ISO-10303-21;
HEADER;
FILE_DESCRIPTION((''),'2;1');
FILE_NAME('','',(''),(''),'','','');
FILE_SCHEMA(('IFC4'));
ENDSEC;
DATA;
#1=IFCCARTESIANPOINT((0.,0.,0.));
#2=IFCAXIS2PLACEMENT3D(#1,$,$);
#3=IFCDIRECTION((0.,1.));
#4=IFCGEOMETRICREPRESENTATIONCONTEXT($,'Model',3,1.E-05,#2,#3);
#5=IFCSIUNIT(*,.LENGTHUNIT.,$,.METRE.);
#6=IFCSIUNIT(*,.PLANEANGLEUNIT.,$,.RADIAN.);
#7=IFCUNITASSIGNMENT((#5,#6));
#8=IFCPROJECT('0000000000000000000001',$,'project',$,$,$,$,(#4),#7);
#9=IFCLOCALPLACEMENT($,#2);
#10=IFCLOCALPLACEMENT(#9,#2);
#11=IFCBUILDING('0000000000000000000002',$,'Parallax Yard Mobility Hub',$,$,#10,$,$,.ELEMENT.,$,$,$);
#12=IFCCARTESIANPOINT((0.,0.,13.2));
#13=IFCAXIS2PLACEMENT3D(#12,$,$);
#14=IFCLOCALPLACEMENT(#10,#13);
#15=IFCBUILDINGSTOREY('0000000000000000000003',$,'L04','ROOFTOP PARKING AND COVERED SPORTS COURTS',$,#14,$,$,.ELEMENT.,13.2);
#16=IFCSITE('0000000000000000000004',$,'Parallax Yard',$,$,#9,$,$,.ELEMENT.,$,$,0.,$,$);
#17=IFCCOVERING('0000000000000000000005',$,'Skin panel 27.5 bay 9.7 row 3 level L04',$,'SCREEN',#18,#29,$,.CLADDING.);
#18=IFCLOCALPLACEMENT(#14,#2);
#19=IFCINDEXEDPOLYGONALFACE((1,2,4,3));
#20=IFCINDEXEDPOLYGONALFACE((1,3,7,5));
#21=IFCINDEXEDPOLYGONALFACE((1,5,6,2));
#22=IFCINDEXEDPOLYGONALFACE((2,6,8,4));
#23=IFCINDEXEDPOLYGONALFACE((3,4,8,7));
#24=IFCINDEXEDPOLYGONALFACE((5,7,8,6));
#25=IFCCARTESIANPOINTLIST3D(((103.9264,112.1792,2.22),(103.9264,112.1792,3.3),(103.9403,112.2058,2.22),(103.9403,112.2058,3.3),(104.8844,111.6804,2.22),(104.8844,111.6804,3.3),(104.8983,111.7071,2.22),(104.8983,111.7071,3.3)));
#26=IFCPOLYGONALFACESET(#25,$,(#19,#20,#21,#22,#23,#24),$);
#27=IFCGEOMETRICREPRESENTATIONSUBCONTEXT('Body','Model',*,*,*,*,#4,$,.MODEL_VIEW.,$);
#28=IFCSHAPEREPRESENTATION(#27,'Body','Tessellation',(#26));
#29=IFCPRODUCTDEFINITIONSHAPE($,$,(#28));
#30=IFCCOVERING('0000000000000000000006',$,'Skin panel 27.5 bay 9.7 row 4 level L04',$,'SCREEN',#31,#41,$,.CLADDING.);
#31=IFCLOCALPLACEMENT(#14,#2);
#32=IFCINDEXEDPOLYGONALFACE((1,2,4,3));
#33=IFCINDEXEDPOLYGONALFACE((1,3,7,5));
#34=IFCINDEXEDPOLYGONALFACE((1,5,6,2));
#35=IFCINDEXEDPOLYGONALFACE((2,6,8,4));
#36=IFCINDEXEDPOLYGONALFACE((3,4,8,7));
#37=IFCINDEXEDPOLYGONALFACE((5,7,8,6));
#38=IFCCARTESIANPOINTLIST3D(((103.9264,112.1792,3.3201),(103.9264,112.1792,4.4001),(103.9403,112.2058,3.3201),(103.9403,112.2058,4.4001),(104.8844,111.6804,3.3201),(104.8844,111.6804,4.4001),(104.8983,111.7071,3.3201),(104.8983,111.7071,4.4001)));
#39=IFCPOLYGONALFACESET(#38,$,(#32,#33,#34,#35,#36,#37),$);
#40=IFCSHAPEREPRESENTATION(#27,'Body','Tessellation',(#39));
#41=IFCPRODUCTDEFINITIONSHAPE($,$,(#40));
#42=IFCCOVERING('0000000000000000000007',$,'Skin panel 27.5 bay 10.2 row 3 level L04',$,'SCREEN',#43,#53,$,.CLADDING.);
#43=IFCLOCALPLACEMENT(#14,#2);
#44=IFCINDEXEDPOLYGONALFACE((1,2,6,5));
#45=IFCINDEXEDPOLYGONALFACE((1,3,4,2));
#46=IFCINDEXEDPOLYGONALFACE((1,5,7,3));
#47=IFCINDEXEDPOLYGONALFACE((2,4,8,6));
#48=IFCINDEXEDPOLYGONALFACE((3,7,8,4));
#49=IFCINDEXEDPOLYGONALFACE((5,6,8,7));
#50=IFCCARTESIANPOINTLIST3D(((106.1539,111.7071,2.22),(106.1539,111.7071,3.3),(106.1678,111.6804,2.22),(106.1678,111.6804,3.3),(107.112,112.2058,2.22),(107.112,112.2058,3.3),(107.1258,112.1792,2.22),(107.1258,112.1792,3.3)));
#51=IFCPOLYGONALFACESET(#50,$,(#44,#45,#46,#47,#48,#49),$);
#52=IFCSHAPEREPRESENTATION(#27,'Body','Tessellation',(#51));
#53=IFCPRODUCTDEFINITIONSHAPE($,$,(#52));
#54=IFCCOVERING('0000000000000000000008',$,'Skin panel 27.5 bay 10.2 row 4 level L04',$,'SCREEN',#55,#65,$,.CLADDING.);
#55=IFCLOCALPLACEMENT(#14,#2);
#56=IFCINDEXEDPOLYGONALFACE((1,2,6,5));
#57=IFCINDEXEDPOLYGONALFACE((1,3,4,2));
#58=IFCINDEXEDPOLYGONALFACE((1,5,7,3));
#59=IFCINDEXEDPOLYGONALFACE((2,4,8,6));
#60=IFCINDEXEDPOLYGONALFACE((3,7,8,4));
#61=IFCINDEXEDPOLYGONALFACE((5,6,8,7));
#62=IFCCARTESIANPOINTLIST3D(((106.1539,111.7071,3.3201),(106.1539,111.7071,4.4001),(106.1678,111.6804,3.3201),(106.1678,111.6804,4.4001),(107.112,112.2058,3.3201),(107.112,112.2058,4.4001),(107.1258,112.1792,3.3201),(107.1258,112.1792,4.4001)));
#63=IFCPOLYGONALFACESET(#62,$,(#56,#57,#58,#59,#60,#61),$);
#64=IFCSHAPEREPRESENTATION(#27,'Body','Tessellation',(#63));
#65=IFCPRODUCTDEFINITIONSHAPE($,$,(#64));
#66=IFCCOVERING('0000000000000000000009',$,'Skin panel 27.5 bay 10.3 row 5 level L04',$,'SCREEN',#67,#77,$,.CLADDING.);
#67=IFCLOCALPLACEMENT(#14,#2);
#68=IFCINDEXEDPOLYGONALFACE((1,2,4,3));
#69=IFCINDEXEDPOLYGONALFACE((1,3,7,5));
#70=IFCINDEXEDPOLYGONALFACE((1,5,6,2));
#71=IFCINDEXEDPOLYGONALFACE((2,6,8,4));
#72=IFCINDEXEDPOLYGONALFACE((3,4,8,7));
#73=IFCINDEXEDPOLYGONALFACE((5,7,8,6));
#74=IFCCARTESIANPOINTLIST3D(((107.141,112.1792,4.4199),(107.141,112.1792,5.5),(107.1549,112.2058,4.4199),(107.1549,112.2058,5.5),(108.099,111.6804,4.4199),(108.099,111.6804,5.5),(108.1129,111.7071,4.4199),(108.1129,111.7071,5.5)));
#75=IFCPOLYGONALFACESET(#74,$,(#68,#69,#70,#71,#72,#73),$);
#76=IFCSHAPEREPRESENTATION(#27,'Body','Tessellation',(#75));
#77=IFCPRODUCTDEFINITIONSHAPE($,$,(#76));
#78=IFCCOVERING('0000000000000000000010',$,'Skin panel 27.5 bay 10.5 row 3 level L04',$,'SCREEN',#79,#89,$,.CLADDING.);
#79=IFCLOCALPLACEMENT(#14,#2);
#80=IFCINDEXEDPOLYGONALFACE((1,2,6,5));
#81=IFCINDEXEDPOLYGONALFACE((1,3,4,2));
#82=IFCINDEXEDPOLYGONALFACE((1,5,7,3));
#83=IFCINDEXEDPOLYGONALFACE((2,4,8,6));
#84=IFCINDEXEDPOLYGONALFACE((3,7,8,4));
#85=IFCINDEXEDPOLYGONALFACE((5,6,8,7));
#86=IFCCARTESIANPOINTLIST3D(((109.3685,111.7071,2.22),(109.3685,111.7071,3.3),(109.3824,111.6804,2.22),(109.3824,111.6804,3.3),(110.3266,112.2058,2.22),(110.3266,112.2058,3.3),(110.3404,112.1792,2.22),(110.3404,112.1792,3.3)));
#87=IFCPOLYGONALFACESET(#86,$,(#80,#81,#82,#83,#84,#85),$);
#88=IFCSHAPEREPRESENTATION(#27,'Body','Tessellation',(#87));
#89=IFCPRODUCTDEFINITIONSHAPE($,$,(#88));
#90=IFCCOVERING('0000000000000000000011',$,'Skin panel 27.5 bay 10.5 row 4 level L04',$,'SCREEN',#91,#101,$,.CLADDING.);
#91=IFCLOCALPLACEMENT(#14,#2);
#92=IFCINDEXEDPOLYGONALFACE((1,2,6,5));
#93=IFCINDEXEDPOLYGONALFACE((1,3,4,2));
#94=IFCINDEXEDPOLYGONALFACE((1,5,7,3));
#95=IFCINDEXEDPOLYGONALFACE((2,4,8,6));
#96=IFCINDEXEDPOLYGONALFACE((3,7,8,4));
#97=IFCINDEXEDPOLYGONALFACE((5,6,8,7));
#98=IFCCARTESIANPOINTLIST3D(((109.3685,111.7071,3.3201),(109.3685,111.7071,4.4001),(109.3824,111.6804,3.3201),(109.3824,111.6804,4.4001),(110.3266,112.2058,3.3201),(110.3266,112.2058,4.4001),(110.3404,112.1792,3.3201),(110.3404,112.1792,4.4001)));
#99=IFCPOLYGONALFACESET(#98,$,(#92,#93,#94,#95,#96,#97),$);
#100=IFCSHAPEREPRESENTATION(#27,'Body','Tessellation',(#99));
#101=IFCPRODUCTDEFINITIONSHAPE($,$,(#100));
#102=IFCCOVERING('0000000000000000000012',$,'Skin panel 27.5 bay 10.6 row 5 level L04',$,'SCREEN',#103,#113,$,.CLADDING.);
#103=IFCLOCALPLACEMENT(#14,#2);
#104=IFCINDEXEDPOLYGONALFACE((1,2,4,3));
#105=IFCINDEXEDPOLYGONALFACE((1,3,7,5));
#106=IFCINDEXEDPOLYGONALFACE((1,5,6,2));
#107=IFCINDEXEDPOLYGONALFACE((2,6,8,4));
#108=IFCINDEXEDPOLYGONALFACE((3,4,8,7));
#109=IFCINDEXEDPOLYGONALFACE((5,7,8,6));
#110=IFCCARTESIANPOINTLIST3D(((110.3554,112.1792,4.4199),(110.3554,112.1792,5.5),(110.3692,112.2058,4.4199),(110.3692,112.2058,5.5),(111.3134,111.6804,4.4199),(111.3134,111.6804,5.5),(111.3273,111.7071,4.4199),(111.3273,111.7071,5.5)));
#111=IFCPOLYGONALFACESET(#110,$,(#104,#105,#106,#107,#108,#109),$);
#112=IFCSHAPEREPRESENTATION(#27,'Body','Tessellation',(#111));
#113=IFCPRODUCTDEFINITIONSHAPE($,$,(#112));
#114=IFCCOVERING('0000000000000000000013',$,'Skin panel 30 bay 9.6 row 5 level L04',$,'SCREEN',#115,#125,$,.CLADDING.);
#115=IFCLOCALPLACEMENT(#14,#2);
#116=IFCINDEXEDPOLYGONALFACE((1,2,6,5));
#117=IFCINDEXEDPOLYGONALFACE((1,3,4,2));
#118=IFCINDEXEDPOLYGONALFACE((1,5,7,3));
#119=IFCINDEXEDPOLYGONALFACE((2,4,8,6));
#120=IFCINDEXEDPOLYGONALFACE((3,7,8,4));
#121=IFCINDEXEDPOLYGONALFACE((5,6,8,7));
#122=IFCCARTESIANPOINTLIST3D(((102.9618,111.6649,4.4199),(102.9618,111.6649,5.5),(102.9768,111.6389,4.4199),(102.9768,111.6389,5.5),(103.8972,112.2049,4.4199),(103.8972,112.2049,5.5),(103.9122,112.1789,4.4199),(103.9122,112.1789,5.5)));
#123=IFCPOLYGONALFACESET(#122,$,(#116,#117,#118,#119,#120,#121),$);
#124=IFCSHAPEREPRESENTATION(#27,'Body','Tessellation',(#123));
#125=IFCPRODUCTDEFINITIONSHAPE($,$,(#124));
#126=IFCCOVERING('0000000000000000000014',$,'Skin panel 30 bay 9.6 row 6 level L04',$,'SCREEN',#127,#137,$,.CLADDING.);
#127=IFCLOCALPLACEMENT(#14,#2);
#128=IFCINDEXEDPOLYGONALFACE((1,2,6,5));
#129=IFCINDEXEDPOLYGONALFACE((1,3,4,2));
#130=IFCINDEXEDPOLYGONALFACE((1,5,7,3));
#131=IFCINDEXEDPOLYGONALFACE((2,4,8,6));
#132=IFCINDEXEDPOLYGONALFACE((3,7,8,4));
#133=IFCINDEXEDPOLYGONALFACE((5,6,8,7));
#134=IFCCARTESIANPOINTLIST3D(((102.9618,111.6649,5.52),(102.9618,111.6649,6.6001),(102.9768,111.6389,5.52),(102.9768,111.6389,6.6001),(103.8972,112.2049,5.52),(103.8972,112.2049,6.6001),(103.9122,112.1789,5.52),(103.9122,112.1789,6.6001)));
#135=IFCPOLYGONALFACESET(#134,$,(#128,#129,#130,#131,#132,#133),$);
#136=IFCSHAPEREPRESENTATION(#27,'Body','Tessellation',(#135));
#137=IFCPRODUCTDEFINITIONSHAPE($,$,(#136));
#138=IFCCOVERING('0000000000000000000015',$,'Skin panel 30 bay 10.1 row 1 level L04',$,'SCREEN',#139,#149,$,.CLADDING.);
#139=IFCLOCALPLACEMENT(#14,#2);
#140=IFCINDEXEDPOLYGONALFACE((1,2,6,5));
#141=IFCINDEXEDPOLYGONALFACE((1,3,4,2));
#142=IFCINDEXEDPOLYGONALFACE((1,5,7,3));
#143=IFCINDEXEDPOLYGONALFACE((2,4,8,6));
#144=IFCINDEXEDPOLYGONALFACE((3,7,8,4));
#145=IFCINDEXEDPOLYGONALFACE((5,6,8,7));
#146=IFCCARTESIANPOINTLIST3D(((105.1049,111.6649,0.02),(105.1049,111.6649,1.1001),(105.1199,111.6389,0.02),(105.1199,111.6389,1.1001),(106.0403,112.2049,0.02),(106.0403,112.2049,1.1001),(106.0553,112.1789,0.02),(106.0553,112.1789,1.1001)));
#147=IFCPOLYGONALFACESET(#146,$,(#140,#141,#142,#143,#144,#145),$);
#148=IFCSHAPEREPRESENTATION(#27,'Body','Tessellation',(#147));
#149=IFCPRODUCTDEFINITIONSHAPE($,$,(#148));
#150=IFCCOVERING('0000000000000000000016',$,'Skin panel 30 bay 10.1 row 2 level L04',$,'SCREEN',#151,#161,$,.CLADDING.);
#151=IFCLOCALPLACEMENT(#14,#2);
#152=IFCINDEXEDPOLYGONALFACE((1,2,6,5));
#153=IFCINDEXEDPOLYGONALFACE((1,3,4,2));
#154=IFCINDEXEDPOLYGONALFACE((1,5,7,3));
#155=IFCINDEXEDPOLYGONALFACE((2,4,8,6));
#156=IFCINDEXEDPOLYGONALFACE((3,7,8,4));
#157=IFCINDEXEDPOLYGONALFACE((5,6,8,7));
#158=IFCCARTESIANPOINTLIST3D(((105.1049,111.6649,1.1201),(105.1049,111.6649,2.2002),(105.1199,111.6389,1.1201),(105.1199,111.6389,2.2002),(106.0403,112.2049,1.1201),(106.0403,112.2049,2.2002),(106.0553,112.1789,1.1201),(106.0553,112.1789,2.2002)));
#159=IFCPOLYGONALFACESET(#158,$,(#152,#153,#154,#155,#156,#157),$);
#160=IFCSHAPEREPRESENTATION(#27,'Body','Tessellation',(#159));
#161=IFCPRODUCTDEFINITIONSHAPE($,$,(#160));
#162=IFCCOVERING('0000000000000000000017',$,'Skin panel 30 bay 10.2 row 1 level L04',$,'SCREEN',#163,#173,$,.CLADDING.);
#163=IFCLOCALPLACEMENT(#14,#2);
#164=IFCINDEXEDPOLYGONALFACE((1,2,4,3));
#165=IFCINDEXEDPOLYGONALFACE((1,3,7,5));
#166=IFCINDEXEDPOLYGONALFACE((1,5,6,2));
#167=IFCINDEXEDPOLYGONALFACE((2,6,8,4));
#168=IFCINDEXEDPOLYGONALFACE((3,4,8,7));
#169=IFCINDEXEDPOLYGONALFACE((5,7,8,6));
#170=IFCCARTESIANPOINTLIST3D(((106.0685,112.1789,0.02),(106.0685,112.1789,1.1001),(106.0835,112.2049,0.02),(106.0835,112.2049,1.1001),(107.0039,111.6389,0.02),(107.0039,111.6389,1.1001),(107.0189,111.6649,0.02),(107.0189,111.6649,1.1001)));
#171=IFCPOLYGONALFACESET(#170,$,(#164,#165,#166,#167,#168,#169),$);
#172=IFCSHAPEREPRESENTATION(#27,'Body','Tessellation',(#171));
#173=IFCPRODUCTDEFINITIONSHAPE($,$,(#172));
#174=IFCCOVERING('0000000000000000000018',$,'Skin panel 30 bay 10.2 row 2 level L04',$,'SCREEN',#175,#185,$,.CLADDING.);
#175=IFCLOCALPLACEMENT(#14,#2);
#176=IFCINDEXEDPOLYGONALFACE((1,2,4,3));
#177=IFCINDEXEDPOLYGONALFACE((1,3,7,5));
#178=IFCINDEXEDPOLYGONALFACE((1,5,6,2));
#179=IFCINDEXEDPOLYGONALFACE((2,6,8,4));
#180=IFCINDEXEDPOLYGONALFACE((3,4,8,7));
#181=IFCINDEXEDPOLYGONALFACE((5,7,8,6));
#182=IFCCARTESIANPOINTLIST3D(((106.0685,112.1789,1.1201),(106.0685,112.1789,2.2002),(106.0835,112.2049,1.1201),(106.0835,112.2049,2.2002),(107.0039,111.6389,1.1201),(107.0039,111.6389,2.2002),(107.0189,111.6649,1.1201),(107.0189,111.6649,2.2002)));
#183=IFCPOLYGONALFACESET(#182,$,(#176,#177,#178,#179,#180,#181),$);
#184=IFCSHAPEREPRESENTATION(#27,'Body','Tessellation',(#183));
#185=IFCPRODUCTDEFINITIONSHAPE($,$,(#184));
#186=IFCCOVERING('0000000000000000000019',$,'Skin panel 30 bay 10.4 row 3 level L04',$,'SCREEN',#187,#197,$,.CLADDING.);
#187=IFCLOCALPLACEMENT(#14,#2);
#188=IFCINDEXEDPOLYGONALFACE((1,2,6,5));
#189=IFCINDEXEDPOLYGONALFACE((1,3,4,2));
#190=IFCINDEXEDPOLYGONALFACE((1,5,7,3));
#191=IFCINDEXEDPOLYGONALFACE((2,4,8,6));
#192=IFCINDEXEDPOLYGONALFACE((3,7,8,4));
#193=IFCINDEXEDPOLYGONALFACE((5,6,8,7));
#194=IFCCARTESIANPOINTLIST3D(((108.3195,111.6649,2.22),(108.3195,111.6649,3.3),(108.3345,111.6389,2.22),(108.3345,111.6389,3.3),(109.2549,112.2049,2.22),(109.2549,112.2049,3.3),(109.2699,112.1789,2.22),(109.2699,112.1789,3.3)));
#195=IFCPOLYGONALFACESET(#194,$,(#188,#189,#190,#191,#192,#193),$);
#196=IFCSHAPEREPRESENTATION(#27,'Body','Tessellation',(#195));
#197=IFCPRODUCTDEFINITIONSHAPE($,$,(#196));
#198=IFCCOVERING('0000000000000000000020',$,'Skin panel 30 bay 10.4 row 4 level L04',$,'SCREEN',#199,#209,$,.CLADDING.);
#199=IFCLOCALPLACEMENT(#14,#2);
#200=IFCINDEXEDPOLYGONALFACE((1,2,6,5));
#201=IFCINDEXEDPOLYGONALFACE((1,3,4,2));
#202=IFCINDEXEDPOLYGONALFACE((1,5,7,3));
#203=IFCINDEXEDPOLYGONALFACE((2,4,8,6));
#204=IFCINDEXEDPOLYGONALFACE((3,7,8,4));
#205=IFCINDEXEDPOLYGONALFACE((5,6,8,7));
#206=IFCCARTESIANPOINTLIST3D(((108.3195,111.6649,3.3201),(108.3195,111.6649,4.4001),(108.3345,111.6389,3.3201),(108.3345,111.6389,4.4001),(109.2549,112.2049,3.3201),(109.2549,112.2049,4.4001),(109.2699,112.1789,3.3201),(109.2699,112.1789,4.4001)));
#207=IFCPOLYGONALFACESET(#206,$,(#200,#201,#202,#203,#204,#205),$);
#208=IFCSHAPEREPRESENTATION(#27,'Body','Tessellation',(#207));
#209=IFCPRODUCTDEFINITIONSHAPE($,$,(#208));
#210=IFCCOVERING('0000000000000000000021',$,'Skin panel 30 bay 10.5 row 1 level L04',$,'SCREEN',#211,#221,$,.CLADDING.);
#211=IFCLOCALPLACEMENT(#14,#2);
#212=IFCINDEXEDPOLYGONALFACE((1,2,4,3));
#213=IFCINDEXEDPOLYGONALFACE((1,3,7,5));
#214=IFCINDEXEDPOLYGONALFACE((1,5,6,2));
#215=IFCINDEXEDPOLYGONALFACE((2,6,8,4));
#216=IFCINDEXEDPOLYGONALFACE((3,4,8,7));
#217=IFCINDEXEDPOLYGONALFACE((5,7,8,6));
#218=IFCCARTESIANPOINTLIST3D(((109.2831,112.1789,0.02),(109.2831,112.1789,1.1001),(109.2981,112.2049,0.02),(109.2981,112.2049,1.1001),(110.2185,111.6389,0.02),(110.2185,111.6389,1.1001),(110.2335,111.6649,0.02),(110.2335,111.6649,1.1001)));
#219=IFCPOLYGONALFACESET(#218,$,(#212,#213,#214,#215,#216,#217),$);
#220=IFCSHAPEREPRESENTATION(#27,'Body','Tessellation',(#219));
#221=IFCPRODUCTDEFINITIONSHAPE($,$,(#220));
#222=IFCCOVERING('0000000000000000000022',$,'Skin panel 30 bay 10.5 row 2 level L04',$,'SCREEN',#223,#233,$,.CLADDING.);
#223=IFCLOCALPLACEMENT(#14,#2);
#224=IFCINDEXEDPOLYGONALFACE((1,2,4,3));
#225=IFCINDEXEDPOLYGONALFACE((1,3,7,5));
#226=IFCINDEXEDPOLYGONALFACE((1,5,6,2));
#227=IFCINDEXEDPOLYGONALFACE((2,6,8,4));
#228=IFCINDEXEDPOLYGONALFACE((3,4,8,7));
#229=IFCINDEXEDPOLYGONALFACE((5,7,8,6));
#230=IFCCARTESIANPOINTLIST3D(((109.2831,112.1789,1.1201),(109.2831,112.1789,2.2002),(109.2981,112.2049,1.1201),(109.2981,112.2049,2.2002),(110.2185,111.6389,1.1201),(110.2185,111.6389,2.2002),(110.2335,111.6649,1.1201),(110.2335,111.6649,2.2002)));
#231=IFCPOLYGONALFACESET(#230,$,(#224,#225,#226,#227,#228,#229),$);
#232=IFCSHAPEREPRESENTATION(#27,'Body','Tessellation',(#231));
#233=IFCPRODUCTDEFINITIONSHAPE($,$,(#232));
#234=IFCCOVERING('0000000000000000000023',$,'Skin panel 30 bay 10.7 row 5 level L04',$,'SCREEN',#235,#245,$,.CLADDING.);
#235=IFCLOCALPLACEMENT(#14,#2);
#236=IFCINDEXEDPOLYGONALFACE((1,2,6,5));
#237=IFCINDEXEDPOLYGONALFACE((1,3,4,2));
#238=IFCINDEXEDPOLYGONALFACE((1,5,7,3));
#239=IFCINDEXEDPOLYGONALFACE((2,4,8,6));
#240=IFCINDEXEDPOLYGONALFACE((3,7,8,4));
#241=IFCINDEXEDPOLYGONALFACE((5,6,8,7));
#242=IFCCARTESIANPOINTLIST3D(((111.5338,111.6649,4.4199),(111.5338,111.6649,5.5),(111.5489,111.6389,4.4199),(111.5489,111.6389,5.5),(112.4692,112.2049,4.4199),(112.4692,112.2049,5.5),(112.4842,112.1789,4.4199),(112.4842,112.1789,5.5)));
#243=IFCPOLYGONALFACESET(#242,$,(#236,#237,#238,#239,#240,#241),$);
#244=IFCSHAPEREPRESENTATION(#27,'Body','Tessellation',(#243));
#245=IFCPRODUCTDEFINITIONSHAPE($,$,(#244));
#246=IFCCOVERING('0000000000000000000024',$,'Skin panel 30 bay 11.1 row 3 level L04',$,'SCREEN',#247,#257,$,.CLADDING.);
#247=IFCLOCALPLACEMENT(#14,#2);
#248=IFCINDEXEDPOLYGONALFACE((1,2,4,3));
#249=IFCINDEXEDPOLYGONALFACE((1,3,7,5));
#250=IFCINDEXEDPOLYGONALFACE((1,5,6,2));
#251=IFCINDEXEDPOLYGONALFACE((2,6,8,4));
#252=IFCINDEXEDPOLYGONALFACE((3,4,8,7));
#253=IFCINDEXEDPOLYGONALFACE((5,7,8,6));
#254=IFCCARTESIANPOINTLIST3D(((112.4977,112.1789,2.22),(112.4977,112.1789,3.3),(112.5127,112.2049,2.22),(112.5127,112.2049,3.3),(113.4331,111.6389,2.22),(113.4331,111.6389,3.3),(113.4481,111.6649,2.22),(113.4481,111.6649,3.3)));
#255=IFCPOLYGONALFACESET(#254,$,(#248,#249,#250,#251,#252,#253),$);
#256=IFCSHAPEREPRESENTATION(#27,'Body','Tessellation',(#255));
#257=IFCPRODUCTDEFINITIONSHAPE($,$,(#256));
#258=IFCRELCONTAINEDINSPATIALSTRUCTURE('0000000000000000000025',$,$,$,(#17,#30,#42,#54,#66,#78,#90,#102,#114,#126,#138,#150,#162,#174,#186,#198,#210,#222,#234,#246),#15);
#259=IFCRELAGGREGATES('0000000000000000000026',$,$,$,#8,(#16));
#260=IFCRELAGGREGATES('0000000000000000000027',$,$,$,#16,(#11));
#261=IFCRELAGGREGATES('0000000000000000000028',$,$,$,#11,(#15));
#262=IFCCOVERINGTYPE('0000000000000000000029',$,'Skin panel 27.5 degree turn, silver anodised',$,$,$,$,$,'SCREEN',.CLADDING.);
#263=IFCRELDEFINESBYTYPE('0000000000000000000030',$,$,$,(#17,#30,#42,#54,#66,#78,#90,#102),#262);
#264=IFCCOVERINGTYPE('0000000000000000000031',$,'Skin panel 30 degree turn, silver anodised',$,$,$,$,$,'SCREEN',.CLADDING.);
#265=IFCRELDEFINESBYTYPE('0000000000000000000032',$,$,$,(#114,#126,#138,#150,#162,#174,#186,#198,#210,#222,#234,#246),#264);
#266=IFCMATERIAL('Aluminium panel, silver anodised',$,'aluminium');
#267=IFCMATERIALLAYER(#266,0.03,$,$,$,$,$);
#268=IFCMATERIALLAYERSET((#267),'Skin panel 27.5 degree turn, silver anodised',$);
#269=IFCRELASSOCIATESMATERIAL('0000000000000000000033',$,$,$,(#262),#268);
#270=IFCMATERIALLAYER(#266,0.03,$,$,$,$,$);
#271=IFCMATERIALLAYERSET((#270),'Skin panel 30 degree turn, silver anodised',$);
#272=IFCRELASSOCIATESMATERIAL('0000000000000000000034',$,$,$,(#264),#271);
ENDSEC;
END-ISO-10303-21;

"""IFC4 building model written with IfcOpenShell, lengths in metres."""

from ifc_helpers import new_model, si_unit, direction, frame, origin, origin_2d, place, context, subcontext, project, spatial, rectangle, extrude, material, layer, layer_set, type_object, element, save


model = new_model("IFC4")

# Units and contexts
model_context = context("Model", 3, precision=1e-05, world=origin(), true_north=direction((0.0, 1.0)))
body_context = subcontext(model_context, "Body", "Model", "MODEL_VIEW")
ifc_project = project(units=[si_unit("LENGTHUNIT", "METRE"), si_unit("PLANEANGLEUNIT", "RADIAN")], contexts=[model_context])

# Site, building, storey
site_placement = place(None, origin())
site = spatial("IfcSite", under=ifc_project, at=site_placement, Name="Parallax Yard", CompositionType="ELEMENT", RefElevation=0.0)
building_placement = place(site_placement, origin())
building = spatial("IfcBuilding", under=site, at=building_placement, Name="Parallax Yard Mobility Hub", CompositionType="ELEMENT")
storey_placement = place(building_placement, frame((0.0, 0.0, 13.2)))
storey = spatial("IfcBuildingStorey", under=building, at=storey_placement, Name="L04", Description="ROOFTOP PARKING AND COVERED SPORTS COURTS", CompositionType="ELEMENT", Elevation=13.2)

# Coverings
ifc_material = material(Name="Aluminium panel, silver anodised", Category="aluminium")
ifc_layer_1 = layer(ifc_material, 0.03)
ifc_layer_set_1 = layer_set([ifc_layer_1], Name="Skin panel 27.5 degree turn, silver anodised")
covering_type_1 = type_object("IfcCoveringType", Name="Skin panel 27.5 degree turn, silver anodised", ElementType="SCREEN", PredefinedType="CLADDING", material=ifc_layer_set_1)
for number, where, z_axis, x_axis, name in (
    (1, (104.4124, 111.9431, 2.22), (0.0, 0.0, 1.0), (0.887011, -0.461749, 0.0), "Skin panel 27.5 bay 9.7 row 3 level L04"),
    (2, (104.4124, 111.9431, 3.3201), (0.0, 0.0, 1.0), (0.887011, -0.461749, 0.0), "Skin panel 27.5 bay 9.7 row 4 level L04"),
    (3, (106.6399, 111.9431, 2.22), (0.0, 0.0, 1.0), (-0.887011, -0.461749, 0.0), "Skin panel 27.5 bay 10.2 row 3 level L04"),
    (4, (106.6399, 111.9431, 3.3201), (0.0, 0.0, 1.0), (-0.887011, -0.461749, 0.0), "Skin panel 27.5 bay 10.2 row 4 level L04"),
    (5, (107.627, 111.9431, 4.4199), (0.0, 0.0, 1.0), (0.887011, -0.461749, 0.0), "Skin panel 27.5 bay 10.3 row 5 level L04"),
    (6, (109.8545, 111.9431, 2.22), (0.0, 0.0, 1.0), (-0.887011, -0.461749, 0.0), "Skin panel 27.5 bay 10.5 row 3 level L04"),
    (7, (109.8545, 111.9431, 3.3201), (0.0, 0.0, 1.0), (-0.887011, -0.461749, 0.0), "Skin panel 27.5 bay 10.5 row 4 level L04"),
    (8, (110.8413, 111.9431, 4.4199), (0.0, 0.0, 1.0), (0.887011, -0.461749, 0.0), "Skin panel 27.5 bay 10.6 row 5 level L04"),
):
    element("IfcCovering", number, at=place(storey_placement, frame(where, z_axis=z_axis, x_axis=x_axis)), inside=storey, type_object=covering_type_1, Name=name, ObjectType="SCREEN", PredefinedType="CLADDING", context=body_context, shape_type="SweptSolid", body=[
        extrude(rectangle(XDim=1.0801, YDim=0.03, at=origin_2d()), origin(), (0.0, 0.0, 1.0), 1.0801),
    ])
ifc_layer_2 = layer(ifc_material, 0.03)
ifc_layer_set_2 = layer_set([ifc_layer_2], Name="Skin panel 30 degree turn, silver anodised")
covering_type_2 = type_object("IfcCoveringType", Name="Skin panel 30 degree turn, silver anodised", ElementType="SCREEN", PredefinedType="CLADDING", material=ifc_layer_set_2)
for number, where, z_axis, x_axis, name in (
    (9, (103.437, 111.9219, 4.4199), (0.0, 0.0, 1.0), (-0.866025, -0.5, 0.0), "Skin panel 30 bay 9.6 row 5 level L04"),
    (10, (103.437, 111.9219, 5.52), (0.0, 0.0, 1.0), (-0.866025, -0.5, 0.0), "Skin panel 30 bay 9.6 row 6 level L04"),
    (11, (105.5801, 111.9219, 0.02), (0.0, 0.0, 1.0), (-0.866025, -0.5, 0.0), "Skin panel 30 bay 10.1 row 1 level L04"),
    (12, (105.5801, 111.9219, 1.1201), (0.0, 0.0, 1.0), (-0.866025, -0.5, 0.0), "Skin panel 30 bay 10.1 row 2 level L04"),
    (13, (106.5437, 111.9219, 0.02), (0.0, 0.0, 1.0), (0.866025, -0.5, 0.0), "Skin panel 30 bay 10.2 row 1 level L04"),
    (14, (106.5437, 111.9219, 1.1201), (0.0, 0.0, 1.0), (0.866025, -0.5, 0.0), "Skin panel 30 bay 10.2 row 2 level L04"),
    (15, (108.7947, 111.9219, 2.22), (0.0, 0.0, 1.0), (-0.866025, -0.5, 0.0), "Skin panel 30 bay 10.4 row 3 level L04"),
    (16, (108.7947, 111.9219, 3.3201), (0.0, 0.0, 1.0), (-0.866025, -0.5, 0.0), "Skin panel 30 bay 10.4 row 4 level L04"),
    (17, (109.7583, 111.9219, 0.02), (0.0, 0.0, 1.0), (0.866025, -0.5, 0.0), "Skin panel 30 bay 10.5 row 1 level L04"),
    (18, (109.7583, 111.9219, 1.1201), (0.0, 0.0, 1.0), (0.866025, -0.5, 0.0), "Skin panel 30 bay 10.5 row 2 level L04"),
    (19, (112.009, 111.9219, 4.4199), (0.0, 0.0, 1.0), (-0.866025, -0.5, 0.0), "Skin panel 30 bay 10.7 row 5 level L04"),
    (20, (112.9729, 111.9219, 2.22), (0.0, 0.0, 1.0), (0.866025, -0.5, 0.0), "Skin panel 30 bay 11.1 row 3 level L04"),
):
    element("IfcCovering", number, at=place(storey_placement, frame(where, z_axis=z_axis, x_axis=x_axis)), inside=storey, type_object=covering_type_2, Name=name, ObjectType="SCREEN", PredefinedType="CLADDING", context=body_context, shape_type="SweptSolid", body=[
        extrude(rectangle(XDim=1.0801, YDim=0.03, at=origin_2d()), origin(), (0.0, 0.0, 1.0), 1.0801),
    ])

save(model, "model.ifc")
